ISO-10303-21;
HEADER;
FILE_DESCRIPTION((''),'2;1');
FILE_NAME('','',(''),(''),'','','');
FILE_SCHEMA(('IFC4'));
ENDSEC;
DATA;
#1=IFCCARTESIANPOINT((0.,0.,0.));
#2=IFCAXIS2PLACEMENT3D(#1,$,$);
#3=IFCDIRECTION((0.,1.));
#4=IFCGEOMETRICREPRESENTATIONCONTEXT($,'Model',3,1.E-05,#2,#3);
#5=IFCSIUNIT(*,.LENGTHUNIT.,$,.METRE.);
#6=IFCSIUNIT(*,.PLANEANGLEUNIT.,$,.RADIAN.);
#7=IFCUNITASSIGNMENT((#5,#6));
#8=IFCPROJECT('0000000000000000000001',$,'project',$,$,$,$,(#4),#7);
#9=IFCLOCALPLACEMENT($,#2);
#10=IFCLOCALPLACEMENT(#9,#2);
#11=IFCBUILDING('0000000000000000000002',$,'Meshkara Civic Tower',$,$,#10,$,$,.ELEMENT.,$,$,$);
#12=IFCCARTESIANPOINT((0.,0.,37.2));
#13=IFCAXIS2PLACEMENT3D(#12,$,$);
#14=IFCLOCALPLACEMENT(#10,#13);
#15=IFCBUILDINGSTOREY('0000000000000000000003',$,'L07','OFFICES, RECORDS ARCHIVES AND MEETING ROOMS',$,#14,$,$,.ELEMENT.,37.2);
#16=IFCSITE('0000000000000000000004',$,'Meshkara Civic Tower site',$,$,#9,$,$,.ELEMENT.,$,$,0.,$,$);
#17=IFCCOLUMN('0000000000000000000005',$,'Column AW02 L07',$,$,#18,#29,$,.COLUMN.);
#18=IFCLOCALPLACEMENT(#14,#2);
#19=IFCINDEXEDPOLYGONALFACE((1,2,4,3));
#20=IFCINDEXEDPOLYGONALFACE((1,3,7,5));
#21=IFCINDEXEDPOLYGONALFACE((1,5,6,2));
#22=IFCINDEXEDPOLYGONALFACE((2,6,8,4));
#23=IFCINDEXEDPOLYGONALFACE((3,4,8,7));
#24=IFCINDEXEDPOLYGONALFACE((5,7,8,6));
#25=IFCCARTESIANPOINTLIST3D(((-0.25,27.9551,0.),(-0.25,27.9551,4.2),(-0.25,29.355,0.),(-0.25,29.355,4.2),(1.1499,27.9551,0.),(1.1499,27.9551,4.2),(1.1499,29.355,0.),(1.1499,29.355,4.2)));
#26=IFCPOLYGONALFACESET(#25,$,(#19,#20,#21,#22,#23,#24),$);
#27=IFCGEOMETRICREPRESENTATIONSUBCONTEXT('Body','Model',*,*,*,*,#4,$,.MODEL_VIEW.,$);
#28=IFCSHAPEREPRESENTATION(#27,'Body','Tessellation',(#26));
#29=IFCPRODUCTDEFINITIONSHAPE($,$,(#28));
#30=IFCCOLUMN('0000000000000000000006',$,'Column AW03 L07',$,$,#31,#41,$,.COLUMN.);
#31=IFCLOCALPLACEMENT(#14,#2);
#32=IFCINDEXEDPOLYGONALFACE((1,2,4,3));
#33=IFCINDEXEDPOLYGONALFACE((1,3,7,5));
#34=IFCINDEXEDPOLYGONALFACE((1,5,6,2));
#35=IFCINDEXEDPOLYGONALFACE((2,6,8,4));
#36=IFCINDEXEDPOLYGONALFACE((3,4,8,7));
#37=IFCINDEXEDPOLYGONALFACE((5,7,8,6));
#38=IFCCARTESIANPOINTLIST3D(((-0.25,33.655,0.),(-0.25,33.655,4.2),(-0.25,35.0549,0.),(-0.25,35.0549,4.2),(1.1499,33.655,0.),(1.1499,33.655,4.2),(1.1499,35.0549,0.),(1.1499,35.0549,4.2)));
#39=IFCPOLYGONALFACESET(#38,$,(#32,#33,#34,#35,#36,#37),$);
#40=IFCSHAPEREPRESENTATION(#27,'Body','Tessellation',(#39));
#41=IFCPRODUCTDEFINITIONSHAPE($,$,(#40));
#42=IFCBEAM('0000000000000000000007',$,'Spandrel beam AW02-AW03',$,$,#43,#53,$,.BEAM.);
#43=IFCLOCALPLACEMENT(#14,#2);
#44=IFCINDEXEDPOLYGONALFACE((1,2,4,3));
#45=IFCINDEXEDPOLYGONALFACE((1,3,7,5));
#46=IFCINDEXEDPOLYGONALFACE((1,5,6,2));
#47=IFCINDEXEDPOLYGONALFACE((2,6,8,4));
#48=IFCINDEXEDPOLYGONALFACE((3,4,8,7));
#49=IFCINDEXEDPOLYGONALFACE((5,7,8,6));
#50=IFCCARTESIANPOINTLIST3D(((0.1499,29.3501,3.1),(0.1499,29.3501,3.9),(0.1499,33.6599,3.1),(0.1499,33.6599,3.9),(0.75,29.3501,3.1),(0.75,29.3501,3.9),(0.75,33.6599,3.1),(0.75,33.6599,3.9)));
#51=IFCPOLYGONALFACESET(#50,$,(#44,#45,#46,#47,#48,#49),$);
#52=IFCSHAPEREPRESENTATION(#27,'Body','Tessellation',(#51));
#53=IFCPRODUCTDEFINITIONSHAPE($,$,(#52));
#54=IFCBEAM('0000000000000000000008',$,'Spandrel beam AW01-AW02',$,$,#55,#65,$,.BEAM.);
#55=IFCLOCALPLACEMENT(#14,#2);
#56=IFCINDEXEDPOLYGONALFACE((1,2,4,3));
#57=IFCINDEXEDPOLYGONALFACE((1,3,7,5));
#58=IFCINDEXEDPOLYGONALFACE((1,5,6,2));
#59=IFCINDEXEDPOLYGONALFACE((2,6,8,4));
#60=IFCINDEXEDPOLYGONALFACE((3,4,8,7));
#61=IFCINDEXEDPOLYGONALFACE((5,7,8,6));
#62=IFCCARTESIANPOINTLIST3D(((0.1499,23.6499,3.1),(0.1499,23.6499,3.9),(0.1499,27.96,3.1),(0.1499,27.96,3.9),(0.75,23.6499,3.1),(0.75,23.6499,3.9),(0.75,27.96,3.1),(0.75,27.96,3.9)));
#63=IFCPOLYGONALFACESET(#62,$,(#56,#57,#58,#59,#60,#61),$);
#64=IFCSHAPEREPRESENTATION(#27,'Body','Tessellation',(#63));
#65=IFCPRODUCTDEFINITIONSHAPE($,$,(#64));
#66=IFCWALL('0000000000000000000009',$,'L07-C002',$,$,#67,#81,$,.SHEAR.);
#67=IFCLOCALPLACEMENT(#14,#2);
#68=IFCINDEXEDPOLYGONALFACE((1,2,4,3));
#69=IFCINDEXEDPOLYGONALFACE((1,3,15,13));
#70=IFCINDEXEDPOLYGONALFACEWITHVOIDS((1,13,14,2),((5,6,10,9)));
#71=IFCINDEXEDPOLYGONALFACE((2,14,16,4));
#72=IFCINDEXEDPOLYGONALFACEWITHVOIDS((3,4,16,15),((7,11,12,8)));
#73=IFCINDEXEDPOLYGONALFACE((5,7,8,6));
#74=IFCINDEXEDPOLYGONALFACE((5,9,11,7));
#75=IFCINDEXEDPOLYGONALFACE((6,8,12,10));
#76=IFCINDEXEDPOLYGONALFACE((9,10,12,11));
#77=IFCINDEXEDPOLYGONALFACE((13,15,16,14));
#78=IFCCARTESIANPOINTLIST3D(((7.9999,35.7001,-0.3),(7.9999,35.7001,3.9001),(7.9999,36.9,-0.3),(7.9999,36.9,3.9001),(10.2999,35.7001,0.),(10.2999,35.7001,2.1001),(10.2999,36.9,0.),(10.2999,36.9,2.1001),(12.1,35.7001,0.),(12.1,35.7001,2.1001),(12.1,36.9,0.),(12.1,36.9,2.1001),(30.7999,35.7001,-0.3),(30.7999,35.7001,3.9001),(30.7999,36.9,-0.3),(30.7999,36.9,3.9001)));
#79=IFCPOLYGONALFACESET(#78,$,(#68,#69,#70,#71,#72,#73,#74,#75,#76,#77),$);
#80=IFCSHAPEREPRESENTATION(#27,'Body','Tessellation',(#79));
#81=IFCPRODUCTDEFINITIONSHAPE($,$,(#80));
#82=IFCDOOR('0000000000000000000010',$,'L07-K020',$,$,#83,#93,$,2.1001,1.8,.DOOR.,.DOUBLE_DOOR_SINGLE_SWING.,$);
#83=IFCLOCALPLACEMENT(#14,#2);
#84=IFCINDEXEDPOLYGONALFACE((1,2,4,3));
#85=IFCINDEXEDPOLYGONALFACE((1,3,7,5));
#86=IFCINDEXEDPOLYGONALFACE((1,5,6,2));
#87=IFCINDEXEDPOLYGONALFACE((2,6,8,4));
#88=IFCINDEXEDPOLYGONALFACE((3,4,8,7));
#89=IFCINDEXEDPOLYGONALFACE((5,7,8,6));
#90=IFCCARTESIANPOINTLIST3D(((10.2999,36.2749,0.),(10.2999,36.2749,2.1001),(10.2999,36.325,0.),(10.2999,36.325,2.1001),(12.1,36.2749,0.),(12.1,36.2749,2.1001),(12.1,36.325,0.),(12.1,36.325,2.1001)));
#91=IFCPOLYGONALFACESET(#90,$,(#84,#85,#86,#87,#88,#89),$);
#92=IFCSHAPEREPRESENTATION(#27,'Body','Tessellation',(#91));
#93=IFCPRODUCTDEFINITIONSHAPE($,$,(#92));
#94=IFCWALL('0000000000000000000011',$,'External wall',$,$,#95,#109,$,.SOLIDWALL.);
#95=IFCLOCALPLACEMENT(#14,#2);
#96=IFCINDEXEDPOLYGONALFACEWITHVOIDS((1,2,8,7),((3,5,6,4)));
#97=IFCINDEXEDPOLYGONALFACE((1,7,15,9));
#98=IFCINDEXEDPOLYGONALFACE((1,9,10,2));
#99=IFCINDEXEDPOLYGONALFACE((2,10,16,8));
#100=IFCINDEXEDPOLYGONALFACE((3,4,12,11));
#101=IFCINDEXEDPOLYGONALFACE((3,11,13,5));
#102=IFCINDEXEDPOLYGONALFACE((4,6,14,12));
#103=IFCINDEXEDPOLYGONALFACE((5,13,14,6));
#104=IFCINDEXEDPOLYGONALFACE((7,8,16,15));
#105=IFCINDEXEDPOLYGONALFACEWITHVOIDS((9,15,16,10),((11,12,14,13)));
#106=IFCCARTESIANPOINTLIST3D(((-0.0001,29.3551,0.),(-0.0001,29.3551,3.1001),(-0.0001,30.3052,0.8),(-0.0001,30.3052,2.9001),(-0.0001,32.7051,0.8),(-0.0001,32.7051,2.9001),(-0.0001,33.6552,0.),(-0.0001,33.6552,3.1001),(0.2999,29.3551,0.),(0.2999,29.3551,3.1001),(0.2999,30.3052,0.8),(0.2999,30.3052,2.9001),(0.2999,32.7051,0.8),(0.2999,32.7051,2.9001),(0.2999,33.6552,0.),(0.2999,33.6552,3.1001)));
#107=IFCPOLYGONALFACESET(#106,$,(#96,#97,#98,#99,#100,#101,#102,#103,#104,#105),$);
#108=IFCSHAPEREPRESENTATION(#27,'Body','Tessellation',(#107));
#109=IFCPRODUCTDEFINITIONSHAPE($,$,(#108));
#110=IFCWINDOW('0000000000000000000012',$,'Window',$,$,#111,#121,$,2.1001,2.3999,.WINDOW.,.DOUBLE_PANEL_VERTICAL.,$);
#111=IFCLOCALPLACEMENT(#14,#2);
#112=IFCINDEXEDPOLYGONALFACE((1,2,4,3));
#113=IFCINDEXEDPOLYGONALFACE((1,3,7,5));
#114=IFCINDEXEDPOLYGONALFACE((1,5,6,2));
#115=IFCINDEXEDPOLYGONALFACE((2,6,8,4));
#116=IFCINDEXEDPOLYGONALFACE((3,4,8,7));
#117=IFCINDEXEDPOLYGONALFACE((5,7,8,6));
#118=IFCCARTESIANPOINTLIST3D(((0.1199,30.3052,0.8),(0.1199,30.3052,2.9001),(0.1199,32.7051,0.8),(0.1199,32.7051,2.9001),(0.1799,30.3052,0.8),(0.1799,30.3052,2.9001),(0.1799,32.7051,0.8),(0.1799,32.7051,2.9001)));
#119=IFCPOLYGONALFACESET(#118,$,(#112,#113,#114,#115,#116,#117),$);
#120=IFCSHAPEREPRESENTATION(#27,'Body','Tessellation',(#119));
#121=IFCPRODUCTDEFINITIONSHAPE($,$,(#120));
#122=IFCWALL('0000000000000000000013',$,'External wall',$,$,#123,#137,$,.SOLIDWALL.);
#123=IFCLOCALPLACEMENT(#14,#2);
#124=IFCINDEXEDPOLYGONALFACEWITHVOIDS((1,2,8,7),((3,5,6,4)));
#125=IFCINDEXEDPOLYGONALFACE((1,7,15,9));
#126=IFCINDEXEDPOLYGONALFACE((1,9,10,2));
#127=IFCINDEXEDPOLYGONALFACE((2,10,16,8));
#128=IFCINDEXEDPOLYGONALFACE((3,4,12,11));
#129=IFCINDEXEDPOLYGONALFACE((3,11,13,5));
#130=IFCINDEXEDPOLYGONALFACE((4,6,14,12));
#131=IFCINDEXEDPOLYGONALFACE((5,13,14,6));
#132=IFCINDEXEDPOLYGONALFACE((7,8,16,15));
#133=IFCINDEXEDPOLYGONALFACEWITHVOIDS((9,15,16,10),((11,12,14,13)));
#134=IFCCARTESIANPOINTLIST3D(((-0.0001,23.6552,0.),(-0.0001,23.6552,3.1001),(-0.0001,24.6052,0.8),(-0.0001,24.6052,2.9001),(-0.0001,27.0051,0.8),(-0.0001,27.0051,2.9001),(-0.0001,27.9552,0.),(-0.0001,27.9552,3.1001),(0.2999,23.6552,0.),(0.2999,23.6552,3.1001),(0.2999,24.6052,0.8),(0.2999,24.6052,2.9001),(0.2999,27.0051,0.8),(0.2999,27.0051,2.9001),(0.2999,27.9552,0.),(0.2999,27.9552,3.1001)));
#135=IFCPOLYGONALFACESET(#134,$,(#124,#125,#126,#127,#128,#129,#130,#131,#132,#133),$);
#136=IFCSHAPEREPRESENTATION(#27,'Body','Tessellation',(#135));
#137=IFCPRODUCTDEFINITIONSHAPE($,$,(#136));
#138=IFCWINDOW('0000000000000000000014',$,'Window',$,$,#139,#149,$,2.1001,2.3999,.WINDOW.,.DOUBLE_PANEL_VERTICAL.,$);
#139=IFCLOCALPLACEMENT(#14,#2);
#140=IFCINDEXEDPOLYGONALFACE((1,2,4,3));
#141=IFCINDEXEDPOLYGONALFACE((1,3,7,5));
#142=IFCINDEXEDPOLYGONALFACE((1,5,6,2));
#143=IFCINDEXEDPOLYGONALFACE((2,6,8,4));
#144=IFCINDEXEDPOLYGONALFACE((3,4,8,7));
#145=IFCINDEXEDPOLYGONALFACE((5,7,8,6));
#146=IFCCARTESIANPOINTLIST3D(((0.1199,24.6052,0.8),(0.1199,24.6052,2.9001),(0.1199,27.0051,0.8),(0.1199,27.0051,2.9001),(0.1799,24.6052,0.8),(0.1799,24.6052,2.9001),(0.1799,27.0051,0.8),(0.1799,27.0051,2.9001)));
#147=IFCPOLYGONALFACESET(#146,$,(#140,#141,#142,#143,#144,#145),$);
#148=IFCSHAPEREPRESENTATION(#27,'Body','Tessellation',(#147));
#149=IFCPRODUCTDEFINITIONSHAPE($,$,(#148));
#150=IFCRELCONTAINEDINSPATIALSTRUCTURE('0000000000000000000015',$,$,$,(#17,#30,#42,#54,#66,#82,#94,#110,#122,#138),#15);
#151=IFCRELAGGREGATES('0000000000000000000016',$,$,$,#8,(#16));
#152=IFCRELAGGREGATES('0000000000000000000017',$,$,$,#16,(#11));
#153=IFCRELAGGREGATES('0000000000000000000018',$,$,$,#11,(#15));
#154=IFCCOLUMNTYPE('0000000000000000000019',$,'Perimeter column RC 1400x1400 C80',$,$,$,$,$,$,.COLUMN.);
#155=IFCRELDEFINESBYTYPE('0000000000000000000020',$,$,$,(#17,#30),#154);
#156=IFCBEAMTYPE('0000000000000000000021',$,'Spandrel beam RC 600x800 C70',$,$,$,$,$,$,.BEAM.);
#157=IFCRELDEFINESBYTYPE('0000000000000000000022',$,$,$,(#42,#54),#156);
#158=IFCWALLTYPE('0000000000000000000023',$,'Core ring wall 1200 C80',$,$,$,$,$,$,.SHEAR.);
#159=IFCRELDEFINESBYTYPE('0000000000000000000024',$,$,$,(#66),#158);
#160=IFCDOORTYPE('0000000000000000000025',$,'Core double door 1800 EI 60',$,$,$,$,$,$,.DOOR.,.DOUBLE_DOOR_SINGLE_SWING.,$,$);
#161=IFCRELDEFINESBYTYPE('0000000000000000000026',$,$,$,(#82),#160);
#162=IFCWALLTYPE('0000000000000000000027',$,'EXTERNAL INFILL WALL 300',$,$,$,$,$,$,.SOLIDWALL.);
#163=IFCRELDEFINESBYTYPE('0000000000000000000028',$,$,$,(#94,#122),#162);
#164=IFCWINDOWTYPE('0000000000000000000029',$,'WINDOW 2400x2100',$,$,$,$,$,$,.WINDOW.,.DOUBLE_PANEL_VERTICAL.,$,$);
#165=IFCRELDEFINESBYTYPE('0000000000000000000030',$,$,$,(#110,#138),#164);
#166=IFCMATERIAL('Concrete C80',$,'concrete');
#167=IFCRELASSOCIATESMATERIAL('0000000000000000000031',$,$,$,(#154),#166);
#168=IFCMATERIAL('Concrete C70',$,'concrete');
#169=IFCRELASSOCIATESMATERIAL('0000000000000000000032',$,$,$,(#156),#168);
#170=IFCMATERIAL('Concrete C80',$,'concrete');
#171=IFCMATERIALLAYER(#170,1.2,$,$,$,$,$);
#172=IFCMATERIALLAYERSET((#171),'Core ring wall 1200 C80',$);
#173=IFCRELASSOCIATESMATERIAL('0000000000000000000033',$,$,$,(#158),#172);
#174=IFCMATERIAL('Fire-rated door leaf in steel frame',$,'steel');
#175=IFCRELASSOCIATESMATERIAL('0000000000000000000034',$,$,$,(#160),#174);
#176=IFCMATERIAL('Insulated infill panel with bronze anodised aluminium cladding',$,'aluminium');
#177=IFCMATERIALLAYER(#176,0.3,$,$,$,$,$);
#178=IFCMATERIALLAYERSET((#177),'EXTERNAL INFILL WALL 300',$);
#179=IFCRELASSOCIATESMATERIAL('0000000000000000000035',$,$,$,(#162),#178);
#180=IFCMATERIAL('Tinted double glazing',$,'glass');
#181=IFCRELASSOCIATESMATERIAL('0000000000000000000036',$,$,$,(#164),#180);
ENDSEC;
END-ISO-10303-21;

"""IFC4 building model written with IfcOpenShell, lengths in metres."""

from ifc_helpers import new_model, si_unit, direction, frame, frame_2d, origin, origin_2d, place, context, subcontext, project, spatial, rectangle, extrude, material, layer, layer_set, material_profile, profile_set, type_object, element, fill, save


model = new_model("IFC4")

# Units and contexts
model_context = context("Model", 3, precision=1e-05, world=origin(), true_north=direction((0.0, 1.0)))
body_context = subcontext(model_context, "Body", "Model", "MODEL_VIEW")
ifc_project = project(units=[si_unit("LENGTHUNIT", "METRE"), si_unit("PLANEANGLEUNIT", "RADIAN")], contexts=[model_context])

# Site, building, storey
site_placement = place(None, origin())
site = spatial("IfcSite", under=ifc_project, at=site_placement, Name="Meshkara Civic Tower site", CompositionType="ELEMENT", RefElevation=0.0)
building_placement = place(site_placement, origin())
building = spatial("IfcBuilding", under=site, at=building_placement, Name="Meshkara Civic Tower", CompositionType="ELEMENT")
storey_placement = place(building_placement, frame((0.0, 0.0, 37.2)))
storey = spatial("IfcBuildingStorey", under=building, at=storey_placement, Name="L07", Description="OFFICES, RECORDS ARCHIVES AND MEETING ROOMS", CompositionType="ELEMENT", Elevation=37.2)

# Columns
ifc_material_1 = material(Name="Concrete C80", Category="concrete")
ifc_material_profile_1 = material_profile(ifc_material_1, rectangle(XDim=1.3999, YDim=1.3999, at=origin_2d()))
ifc_profile_set_1 = profile_set([ifc_material_profile_1], Name="Concrete C80")
column_type = type_object("IfcColumnType", Name="Perimeter column RC 1400x1400 C80", PredefinedType="COLUMN", material=ifc_profile_set_1)
for number, where, z_axis, x_axis, name in (
    (1, (0.45, 28.655, 0.0), (0.0, 0.0, 1.0), (1.0, 0.0, 0.0), "Column AW02 L07"),
    (2, (0.45, 34.355, 0.0), (0.0, 0.0, 1.0), (1.0, 0.0, 0.0), "Column AW03 L07"),
):
    element("IfcColumn", number, at=place(storey_placement, frame(where, z_axis=z_axis, x_axis=x_axis)), inside=storey, type_object=column_type, Name=name, PredefinedType="COLUMN", context=body_context, shape_type="SweptSolid", body=[
        extrude(rectangle(XDim=1.3999, YDim=1.3999, at=origin_2d()), origin(), (0.0, 0.0, 1.0), 4.2),
    ])

# Beams
ifc_material_2 = material(Name="Concrete C70", Category="concrete")
ifc_material_profile_2 = material_profile(ifc_material_2, rectangle(XDim=0.6001, YDim=0.8, at=origin_2d()))
ifc_profile_set_2 = profile_set([ifc_material_profile_2], Name="Concrete C70")
beam_type = type_object("IfcBeamType", Name="Spandrel beam RC 600x800 C70", PredefinedType="BEAM", material=ifc_profile_set_2)
beam_1_placement = place(storey_placement, frame((0.45, 33.6599, 3.5), z_axis=(0.0, -1.0, 0.0), x_axis=(1.0, 0.0, 0.0)))
element("IfcBeam", 3, at=beam_1_placement, inside=storey, type_object=beam_type, Name="Spandrel beam AW02-AW03", PredefinedType="BEAM", context=body_context, shape_type="SweptSolid", body=[
    extrude(rectangle(XDim=0.6001, YDim=0.8, at=origin_2d()), origin(), (0.0, 0.0, 1.0), 4.3098),
])
beam_2_placement = place(storey_placement, frame((0.45, 27.96, 3.5), z_axis=(0.0, -1.0, 0.0), x_axis=(1.0, 0.0, 0.0)))
element("IfcBeam", 4, at=beam_2_placement, inside=storey, type_object=beam_type, Name="Spandrel beam AW01-AW02", PredefinedType="BEAM", context=body_context, shape_type="SweptSolid", body=[
    extrude(rectangle(XDim=0.6001, YDim=0.8, at=origin_2d()), origin(), (0.0, 0.0, 1.0), 4.3101),
])

# Wall, opening, door
ifc_material_3 = material(Name="Concrete C80", Category="concrete")
ifc_layer_1 = layer(ifc_material_3, 1.2)
ifc_layer_set_1 = layer_set([ifc_layer_1], Name="Core ring wall 1200 C80")
wall_type_1 = type_object("IfcWallType", Name="Core ring wall 1200 C80", PredefinedType="SHEAR", material=ifc_layer_set_1)
wall_1_placement = place(storey_placement, frame((8.0, 36.3, -0.3), z_axis=(0.0, 0.0, 1.0), x_axis=(1.0, 0.0, 0.0)))
wall_1 = element("IfcWall", 5, at=wall_1_placement, inside=storey, type_object=wall_type_1, Name="L07-C002", PredefinedType="SHEAR", context=body_context, shape_type="SweptSolid", body=[
    extrude(rectangle(XDim=22.8, YDim=1.2, at=frame_2d((11.3999, 0.0))), origin(), (0.0, 0.0, 1.0), 4.2002),
])
opening_1_placement = place(wall_1_placement, frame((2.3, 0.0, 0.3)))
opening_1 = element("IfcOpeningElement", 6, at=opening_1_placement, cuts=wall_1, PredefinedType="OPENING", context=body_context, shape_type="SweptSolid", body=[
    extrude(rectangle(XDim=1.8, YDim=2.1001, at=frame_2d((0.8999, 1.05))), frame((0.0, 0.6099, 0.0), z_axis=(0.0, -1.0, 0.0), x_axis=(1.0, 0.0, 0.0)), (0.0, 0.0, 1.0), 1.22),
])
ifc_material_4 = material(Name="Fire-rated door leaf in steel frame", Category="steel")
door_type_1 = type_object("IfcDoorType", Name="Core double door 1800 EI 60", OperationType="DOUBLE_DOOR_SINGLE_SWING", PredefinedType="DOOR", material=ifc_material_4)
door_1_placement = place(opening_1_placement, origin())
door_1 = element("IfcDoor", 7, at=door_1_placement, inside=storey, type_object=door_type_1, Name="L07-K020", OperationType="DOUBLE_DOOR_SINGLE_SWING", OverallHeight=2.1001, OverallWidth=1.8, PredefinedType="DOOR", context=body_context, shape_type="SweptSolid", body=[
    extrude(rectangle(XDim=1.8, YDim=2.1001, at=frame_2d((0.8999, 1.05))), frame((0.0, 0.0249, 0.0), z_axis=(0.0, -1.0, 0.0), x_axis=(1.0, 0.0, 0.0)), (0.0, 0.0, 1.0), 0.05),
])
fill(opening_1, door_1)

# Walls, openings, windows
ifc_material_5 = material(Name="Insulated infill panel with bronze anodised aluminium cladding", Category="aluminium")
ifc_layer_2 = layer(ifc_material_5, 0.3)
ifc_layer_set_2 = layer_set([ifc_layer_2], Name="EXTERNAL INFILL WALL 300")
wall_type_2 = type_object("IfcWallType", Name="EXTERNAL INFILL WALL 300", PredefinedType="SOLIDWALL", material=ifc_layer_set_2)
wall_2_placement = place(storey_placement, frame((0.1499, 33.655, 0.0), z_axis=(0.0, 0.0, 1.0), x_axis=(0.0, -1.0, 0.0)))
wall_2 = element("IfcWall", 8, at=wall_2_placement, inside=storey, type_object=wall_type_2, Name="External wall", PredefinedType="SOLIDWALL", context=body_context, shape_type="SweptSolid", body=[
    extrude(rectangle(XDim=4.3, YDim=0.3, at=frame_2d((2.1499, 0.0))), origin(), (0.0, 0.0, 1.0), 3.1001),
])
opening_2_placement = place(wall_2_placement, frame((0.95, 0.0, 0.8)))
opening_2 = element("IfcOpeningElement", 9, at=opening_2_placement, cuts=wall_2, PredefinedType="OPENING", context=body_context, shape_type="SweptSolid", body=[
    extrude(rectangle(XDim=2.3999, YDim=2.1001, at=frame_2d((1.2, 1.05))), frame((0.0, 0.1599, 0.0), z_axis=(0.0, -1.0, 0.0), x_axis=(1.0, 0.0, 0.0)), (0.0, 0.0, 1.0), 0.3201),
])
ifc_material_6 = material(Name="Tinted double glazing", Category="glass")
window_type = type_object("IfcWindowType", Name="WINDOW 2400x2100", PartitioningType="DOUBLE_PANEL_VERTICAL", PredefinedType="WINDOW", material=ifc_material_6)
window_1_placement = place(opening_2_placement, origin())
window_1 = element("IfcWindow", 10, at=window_1_placement, inside=storey, type_object=window_type, Name="Window", OverallHeight=2.1001, OverallWidth=2.3999, PartitioningType="DOUBLE_PANEL_VERTICAL", PredefinedType="WINDOW", context=body_context, shape_type="SweptSolid", body=[
    extrude(rectangle(XDim=2.3999, YDim=2.1001, at=frame_2d((1.2, 1.05))), frame((0.0, 0.03, 0.0), z_axis=(0.0, -1.0, 0.0), x_axis=(1.0, 0.0, 0.0)), (0.0, 0.0, 1.0), 0.0601),
])
fill(opening_2, window_1)
wall_3_placement = place(storey_placement, frame((0.1499, 27.9551, 0.0), z_axis=(0.0, 0.0, 1.0), x_axis=(0.0, -1.0, 0.0)))
wall_3 = element("IfcWall", 11, at=wall_3_placement, inside=storey, type_object=wall_type_2, Name="External wall", PredefinedType="SOLIDWALL", context=body_context, shape_type="SweptSolid", body=[
    extrude(rectangle(XDim=4.3, YDim=0.3, at=frame_2d((2.1499, 0.0))), origin(), (0.0, 0.0, 1.0), 3.1001),
])
opening_3_placement = place(wall_3_placement, frame((0.95, 0.0, 0.8)))
opening_3 = element("IfcOpeningElement", 12, at=opening_3_placement, cuts=wall_3, PredefinedType="OPENING", context=body_context, shape_type="SweptSolid", body=[
    extrude(rectangle(XDim=2.3999, YDim=2.1001, at=frame_2d((1.2, 1.05))), frame((0.0, 0.1599, 0.0), z_axis=(0.0, -1.0, 0.0), x_axis=(1.0, 0.0, 0.0)), (0.0, 0.0, 1.0), 0.3201),
])
window_2_placement = place(opening_3_placement, origin())
window_2 = element("IfcWindow", 13, at=window_2_placement, inside=storey, type_object=window_type, Name="Window", OverallHeight=2.1001, OverallWidth=2.3999, PartitioningType="DOUBLE_PANEL_VERTICAL", PredefinedType="WINDOW", context=body_context, shape_type="SweptSolid", body=[
    extrude(rectangle(XDim=2.3999, YDim=2.1001, at=frame_2d((1.2, 1.05))), frame((0.0, 0.03, 0.0), z_axis=(0.0, -1.0, 0.0), x_axis=(1.0, 0.0, 0.0)), (0.0, 0.0, 1.0), 0.0601),
])
fill(opening_3, window_2)

save(model, "model.ifc")
